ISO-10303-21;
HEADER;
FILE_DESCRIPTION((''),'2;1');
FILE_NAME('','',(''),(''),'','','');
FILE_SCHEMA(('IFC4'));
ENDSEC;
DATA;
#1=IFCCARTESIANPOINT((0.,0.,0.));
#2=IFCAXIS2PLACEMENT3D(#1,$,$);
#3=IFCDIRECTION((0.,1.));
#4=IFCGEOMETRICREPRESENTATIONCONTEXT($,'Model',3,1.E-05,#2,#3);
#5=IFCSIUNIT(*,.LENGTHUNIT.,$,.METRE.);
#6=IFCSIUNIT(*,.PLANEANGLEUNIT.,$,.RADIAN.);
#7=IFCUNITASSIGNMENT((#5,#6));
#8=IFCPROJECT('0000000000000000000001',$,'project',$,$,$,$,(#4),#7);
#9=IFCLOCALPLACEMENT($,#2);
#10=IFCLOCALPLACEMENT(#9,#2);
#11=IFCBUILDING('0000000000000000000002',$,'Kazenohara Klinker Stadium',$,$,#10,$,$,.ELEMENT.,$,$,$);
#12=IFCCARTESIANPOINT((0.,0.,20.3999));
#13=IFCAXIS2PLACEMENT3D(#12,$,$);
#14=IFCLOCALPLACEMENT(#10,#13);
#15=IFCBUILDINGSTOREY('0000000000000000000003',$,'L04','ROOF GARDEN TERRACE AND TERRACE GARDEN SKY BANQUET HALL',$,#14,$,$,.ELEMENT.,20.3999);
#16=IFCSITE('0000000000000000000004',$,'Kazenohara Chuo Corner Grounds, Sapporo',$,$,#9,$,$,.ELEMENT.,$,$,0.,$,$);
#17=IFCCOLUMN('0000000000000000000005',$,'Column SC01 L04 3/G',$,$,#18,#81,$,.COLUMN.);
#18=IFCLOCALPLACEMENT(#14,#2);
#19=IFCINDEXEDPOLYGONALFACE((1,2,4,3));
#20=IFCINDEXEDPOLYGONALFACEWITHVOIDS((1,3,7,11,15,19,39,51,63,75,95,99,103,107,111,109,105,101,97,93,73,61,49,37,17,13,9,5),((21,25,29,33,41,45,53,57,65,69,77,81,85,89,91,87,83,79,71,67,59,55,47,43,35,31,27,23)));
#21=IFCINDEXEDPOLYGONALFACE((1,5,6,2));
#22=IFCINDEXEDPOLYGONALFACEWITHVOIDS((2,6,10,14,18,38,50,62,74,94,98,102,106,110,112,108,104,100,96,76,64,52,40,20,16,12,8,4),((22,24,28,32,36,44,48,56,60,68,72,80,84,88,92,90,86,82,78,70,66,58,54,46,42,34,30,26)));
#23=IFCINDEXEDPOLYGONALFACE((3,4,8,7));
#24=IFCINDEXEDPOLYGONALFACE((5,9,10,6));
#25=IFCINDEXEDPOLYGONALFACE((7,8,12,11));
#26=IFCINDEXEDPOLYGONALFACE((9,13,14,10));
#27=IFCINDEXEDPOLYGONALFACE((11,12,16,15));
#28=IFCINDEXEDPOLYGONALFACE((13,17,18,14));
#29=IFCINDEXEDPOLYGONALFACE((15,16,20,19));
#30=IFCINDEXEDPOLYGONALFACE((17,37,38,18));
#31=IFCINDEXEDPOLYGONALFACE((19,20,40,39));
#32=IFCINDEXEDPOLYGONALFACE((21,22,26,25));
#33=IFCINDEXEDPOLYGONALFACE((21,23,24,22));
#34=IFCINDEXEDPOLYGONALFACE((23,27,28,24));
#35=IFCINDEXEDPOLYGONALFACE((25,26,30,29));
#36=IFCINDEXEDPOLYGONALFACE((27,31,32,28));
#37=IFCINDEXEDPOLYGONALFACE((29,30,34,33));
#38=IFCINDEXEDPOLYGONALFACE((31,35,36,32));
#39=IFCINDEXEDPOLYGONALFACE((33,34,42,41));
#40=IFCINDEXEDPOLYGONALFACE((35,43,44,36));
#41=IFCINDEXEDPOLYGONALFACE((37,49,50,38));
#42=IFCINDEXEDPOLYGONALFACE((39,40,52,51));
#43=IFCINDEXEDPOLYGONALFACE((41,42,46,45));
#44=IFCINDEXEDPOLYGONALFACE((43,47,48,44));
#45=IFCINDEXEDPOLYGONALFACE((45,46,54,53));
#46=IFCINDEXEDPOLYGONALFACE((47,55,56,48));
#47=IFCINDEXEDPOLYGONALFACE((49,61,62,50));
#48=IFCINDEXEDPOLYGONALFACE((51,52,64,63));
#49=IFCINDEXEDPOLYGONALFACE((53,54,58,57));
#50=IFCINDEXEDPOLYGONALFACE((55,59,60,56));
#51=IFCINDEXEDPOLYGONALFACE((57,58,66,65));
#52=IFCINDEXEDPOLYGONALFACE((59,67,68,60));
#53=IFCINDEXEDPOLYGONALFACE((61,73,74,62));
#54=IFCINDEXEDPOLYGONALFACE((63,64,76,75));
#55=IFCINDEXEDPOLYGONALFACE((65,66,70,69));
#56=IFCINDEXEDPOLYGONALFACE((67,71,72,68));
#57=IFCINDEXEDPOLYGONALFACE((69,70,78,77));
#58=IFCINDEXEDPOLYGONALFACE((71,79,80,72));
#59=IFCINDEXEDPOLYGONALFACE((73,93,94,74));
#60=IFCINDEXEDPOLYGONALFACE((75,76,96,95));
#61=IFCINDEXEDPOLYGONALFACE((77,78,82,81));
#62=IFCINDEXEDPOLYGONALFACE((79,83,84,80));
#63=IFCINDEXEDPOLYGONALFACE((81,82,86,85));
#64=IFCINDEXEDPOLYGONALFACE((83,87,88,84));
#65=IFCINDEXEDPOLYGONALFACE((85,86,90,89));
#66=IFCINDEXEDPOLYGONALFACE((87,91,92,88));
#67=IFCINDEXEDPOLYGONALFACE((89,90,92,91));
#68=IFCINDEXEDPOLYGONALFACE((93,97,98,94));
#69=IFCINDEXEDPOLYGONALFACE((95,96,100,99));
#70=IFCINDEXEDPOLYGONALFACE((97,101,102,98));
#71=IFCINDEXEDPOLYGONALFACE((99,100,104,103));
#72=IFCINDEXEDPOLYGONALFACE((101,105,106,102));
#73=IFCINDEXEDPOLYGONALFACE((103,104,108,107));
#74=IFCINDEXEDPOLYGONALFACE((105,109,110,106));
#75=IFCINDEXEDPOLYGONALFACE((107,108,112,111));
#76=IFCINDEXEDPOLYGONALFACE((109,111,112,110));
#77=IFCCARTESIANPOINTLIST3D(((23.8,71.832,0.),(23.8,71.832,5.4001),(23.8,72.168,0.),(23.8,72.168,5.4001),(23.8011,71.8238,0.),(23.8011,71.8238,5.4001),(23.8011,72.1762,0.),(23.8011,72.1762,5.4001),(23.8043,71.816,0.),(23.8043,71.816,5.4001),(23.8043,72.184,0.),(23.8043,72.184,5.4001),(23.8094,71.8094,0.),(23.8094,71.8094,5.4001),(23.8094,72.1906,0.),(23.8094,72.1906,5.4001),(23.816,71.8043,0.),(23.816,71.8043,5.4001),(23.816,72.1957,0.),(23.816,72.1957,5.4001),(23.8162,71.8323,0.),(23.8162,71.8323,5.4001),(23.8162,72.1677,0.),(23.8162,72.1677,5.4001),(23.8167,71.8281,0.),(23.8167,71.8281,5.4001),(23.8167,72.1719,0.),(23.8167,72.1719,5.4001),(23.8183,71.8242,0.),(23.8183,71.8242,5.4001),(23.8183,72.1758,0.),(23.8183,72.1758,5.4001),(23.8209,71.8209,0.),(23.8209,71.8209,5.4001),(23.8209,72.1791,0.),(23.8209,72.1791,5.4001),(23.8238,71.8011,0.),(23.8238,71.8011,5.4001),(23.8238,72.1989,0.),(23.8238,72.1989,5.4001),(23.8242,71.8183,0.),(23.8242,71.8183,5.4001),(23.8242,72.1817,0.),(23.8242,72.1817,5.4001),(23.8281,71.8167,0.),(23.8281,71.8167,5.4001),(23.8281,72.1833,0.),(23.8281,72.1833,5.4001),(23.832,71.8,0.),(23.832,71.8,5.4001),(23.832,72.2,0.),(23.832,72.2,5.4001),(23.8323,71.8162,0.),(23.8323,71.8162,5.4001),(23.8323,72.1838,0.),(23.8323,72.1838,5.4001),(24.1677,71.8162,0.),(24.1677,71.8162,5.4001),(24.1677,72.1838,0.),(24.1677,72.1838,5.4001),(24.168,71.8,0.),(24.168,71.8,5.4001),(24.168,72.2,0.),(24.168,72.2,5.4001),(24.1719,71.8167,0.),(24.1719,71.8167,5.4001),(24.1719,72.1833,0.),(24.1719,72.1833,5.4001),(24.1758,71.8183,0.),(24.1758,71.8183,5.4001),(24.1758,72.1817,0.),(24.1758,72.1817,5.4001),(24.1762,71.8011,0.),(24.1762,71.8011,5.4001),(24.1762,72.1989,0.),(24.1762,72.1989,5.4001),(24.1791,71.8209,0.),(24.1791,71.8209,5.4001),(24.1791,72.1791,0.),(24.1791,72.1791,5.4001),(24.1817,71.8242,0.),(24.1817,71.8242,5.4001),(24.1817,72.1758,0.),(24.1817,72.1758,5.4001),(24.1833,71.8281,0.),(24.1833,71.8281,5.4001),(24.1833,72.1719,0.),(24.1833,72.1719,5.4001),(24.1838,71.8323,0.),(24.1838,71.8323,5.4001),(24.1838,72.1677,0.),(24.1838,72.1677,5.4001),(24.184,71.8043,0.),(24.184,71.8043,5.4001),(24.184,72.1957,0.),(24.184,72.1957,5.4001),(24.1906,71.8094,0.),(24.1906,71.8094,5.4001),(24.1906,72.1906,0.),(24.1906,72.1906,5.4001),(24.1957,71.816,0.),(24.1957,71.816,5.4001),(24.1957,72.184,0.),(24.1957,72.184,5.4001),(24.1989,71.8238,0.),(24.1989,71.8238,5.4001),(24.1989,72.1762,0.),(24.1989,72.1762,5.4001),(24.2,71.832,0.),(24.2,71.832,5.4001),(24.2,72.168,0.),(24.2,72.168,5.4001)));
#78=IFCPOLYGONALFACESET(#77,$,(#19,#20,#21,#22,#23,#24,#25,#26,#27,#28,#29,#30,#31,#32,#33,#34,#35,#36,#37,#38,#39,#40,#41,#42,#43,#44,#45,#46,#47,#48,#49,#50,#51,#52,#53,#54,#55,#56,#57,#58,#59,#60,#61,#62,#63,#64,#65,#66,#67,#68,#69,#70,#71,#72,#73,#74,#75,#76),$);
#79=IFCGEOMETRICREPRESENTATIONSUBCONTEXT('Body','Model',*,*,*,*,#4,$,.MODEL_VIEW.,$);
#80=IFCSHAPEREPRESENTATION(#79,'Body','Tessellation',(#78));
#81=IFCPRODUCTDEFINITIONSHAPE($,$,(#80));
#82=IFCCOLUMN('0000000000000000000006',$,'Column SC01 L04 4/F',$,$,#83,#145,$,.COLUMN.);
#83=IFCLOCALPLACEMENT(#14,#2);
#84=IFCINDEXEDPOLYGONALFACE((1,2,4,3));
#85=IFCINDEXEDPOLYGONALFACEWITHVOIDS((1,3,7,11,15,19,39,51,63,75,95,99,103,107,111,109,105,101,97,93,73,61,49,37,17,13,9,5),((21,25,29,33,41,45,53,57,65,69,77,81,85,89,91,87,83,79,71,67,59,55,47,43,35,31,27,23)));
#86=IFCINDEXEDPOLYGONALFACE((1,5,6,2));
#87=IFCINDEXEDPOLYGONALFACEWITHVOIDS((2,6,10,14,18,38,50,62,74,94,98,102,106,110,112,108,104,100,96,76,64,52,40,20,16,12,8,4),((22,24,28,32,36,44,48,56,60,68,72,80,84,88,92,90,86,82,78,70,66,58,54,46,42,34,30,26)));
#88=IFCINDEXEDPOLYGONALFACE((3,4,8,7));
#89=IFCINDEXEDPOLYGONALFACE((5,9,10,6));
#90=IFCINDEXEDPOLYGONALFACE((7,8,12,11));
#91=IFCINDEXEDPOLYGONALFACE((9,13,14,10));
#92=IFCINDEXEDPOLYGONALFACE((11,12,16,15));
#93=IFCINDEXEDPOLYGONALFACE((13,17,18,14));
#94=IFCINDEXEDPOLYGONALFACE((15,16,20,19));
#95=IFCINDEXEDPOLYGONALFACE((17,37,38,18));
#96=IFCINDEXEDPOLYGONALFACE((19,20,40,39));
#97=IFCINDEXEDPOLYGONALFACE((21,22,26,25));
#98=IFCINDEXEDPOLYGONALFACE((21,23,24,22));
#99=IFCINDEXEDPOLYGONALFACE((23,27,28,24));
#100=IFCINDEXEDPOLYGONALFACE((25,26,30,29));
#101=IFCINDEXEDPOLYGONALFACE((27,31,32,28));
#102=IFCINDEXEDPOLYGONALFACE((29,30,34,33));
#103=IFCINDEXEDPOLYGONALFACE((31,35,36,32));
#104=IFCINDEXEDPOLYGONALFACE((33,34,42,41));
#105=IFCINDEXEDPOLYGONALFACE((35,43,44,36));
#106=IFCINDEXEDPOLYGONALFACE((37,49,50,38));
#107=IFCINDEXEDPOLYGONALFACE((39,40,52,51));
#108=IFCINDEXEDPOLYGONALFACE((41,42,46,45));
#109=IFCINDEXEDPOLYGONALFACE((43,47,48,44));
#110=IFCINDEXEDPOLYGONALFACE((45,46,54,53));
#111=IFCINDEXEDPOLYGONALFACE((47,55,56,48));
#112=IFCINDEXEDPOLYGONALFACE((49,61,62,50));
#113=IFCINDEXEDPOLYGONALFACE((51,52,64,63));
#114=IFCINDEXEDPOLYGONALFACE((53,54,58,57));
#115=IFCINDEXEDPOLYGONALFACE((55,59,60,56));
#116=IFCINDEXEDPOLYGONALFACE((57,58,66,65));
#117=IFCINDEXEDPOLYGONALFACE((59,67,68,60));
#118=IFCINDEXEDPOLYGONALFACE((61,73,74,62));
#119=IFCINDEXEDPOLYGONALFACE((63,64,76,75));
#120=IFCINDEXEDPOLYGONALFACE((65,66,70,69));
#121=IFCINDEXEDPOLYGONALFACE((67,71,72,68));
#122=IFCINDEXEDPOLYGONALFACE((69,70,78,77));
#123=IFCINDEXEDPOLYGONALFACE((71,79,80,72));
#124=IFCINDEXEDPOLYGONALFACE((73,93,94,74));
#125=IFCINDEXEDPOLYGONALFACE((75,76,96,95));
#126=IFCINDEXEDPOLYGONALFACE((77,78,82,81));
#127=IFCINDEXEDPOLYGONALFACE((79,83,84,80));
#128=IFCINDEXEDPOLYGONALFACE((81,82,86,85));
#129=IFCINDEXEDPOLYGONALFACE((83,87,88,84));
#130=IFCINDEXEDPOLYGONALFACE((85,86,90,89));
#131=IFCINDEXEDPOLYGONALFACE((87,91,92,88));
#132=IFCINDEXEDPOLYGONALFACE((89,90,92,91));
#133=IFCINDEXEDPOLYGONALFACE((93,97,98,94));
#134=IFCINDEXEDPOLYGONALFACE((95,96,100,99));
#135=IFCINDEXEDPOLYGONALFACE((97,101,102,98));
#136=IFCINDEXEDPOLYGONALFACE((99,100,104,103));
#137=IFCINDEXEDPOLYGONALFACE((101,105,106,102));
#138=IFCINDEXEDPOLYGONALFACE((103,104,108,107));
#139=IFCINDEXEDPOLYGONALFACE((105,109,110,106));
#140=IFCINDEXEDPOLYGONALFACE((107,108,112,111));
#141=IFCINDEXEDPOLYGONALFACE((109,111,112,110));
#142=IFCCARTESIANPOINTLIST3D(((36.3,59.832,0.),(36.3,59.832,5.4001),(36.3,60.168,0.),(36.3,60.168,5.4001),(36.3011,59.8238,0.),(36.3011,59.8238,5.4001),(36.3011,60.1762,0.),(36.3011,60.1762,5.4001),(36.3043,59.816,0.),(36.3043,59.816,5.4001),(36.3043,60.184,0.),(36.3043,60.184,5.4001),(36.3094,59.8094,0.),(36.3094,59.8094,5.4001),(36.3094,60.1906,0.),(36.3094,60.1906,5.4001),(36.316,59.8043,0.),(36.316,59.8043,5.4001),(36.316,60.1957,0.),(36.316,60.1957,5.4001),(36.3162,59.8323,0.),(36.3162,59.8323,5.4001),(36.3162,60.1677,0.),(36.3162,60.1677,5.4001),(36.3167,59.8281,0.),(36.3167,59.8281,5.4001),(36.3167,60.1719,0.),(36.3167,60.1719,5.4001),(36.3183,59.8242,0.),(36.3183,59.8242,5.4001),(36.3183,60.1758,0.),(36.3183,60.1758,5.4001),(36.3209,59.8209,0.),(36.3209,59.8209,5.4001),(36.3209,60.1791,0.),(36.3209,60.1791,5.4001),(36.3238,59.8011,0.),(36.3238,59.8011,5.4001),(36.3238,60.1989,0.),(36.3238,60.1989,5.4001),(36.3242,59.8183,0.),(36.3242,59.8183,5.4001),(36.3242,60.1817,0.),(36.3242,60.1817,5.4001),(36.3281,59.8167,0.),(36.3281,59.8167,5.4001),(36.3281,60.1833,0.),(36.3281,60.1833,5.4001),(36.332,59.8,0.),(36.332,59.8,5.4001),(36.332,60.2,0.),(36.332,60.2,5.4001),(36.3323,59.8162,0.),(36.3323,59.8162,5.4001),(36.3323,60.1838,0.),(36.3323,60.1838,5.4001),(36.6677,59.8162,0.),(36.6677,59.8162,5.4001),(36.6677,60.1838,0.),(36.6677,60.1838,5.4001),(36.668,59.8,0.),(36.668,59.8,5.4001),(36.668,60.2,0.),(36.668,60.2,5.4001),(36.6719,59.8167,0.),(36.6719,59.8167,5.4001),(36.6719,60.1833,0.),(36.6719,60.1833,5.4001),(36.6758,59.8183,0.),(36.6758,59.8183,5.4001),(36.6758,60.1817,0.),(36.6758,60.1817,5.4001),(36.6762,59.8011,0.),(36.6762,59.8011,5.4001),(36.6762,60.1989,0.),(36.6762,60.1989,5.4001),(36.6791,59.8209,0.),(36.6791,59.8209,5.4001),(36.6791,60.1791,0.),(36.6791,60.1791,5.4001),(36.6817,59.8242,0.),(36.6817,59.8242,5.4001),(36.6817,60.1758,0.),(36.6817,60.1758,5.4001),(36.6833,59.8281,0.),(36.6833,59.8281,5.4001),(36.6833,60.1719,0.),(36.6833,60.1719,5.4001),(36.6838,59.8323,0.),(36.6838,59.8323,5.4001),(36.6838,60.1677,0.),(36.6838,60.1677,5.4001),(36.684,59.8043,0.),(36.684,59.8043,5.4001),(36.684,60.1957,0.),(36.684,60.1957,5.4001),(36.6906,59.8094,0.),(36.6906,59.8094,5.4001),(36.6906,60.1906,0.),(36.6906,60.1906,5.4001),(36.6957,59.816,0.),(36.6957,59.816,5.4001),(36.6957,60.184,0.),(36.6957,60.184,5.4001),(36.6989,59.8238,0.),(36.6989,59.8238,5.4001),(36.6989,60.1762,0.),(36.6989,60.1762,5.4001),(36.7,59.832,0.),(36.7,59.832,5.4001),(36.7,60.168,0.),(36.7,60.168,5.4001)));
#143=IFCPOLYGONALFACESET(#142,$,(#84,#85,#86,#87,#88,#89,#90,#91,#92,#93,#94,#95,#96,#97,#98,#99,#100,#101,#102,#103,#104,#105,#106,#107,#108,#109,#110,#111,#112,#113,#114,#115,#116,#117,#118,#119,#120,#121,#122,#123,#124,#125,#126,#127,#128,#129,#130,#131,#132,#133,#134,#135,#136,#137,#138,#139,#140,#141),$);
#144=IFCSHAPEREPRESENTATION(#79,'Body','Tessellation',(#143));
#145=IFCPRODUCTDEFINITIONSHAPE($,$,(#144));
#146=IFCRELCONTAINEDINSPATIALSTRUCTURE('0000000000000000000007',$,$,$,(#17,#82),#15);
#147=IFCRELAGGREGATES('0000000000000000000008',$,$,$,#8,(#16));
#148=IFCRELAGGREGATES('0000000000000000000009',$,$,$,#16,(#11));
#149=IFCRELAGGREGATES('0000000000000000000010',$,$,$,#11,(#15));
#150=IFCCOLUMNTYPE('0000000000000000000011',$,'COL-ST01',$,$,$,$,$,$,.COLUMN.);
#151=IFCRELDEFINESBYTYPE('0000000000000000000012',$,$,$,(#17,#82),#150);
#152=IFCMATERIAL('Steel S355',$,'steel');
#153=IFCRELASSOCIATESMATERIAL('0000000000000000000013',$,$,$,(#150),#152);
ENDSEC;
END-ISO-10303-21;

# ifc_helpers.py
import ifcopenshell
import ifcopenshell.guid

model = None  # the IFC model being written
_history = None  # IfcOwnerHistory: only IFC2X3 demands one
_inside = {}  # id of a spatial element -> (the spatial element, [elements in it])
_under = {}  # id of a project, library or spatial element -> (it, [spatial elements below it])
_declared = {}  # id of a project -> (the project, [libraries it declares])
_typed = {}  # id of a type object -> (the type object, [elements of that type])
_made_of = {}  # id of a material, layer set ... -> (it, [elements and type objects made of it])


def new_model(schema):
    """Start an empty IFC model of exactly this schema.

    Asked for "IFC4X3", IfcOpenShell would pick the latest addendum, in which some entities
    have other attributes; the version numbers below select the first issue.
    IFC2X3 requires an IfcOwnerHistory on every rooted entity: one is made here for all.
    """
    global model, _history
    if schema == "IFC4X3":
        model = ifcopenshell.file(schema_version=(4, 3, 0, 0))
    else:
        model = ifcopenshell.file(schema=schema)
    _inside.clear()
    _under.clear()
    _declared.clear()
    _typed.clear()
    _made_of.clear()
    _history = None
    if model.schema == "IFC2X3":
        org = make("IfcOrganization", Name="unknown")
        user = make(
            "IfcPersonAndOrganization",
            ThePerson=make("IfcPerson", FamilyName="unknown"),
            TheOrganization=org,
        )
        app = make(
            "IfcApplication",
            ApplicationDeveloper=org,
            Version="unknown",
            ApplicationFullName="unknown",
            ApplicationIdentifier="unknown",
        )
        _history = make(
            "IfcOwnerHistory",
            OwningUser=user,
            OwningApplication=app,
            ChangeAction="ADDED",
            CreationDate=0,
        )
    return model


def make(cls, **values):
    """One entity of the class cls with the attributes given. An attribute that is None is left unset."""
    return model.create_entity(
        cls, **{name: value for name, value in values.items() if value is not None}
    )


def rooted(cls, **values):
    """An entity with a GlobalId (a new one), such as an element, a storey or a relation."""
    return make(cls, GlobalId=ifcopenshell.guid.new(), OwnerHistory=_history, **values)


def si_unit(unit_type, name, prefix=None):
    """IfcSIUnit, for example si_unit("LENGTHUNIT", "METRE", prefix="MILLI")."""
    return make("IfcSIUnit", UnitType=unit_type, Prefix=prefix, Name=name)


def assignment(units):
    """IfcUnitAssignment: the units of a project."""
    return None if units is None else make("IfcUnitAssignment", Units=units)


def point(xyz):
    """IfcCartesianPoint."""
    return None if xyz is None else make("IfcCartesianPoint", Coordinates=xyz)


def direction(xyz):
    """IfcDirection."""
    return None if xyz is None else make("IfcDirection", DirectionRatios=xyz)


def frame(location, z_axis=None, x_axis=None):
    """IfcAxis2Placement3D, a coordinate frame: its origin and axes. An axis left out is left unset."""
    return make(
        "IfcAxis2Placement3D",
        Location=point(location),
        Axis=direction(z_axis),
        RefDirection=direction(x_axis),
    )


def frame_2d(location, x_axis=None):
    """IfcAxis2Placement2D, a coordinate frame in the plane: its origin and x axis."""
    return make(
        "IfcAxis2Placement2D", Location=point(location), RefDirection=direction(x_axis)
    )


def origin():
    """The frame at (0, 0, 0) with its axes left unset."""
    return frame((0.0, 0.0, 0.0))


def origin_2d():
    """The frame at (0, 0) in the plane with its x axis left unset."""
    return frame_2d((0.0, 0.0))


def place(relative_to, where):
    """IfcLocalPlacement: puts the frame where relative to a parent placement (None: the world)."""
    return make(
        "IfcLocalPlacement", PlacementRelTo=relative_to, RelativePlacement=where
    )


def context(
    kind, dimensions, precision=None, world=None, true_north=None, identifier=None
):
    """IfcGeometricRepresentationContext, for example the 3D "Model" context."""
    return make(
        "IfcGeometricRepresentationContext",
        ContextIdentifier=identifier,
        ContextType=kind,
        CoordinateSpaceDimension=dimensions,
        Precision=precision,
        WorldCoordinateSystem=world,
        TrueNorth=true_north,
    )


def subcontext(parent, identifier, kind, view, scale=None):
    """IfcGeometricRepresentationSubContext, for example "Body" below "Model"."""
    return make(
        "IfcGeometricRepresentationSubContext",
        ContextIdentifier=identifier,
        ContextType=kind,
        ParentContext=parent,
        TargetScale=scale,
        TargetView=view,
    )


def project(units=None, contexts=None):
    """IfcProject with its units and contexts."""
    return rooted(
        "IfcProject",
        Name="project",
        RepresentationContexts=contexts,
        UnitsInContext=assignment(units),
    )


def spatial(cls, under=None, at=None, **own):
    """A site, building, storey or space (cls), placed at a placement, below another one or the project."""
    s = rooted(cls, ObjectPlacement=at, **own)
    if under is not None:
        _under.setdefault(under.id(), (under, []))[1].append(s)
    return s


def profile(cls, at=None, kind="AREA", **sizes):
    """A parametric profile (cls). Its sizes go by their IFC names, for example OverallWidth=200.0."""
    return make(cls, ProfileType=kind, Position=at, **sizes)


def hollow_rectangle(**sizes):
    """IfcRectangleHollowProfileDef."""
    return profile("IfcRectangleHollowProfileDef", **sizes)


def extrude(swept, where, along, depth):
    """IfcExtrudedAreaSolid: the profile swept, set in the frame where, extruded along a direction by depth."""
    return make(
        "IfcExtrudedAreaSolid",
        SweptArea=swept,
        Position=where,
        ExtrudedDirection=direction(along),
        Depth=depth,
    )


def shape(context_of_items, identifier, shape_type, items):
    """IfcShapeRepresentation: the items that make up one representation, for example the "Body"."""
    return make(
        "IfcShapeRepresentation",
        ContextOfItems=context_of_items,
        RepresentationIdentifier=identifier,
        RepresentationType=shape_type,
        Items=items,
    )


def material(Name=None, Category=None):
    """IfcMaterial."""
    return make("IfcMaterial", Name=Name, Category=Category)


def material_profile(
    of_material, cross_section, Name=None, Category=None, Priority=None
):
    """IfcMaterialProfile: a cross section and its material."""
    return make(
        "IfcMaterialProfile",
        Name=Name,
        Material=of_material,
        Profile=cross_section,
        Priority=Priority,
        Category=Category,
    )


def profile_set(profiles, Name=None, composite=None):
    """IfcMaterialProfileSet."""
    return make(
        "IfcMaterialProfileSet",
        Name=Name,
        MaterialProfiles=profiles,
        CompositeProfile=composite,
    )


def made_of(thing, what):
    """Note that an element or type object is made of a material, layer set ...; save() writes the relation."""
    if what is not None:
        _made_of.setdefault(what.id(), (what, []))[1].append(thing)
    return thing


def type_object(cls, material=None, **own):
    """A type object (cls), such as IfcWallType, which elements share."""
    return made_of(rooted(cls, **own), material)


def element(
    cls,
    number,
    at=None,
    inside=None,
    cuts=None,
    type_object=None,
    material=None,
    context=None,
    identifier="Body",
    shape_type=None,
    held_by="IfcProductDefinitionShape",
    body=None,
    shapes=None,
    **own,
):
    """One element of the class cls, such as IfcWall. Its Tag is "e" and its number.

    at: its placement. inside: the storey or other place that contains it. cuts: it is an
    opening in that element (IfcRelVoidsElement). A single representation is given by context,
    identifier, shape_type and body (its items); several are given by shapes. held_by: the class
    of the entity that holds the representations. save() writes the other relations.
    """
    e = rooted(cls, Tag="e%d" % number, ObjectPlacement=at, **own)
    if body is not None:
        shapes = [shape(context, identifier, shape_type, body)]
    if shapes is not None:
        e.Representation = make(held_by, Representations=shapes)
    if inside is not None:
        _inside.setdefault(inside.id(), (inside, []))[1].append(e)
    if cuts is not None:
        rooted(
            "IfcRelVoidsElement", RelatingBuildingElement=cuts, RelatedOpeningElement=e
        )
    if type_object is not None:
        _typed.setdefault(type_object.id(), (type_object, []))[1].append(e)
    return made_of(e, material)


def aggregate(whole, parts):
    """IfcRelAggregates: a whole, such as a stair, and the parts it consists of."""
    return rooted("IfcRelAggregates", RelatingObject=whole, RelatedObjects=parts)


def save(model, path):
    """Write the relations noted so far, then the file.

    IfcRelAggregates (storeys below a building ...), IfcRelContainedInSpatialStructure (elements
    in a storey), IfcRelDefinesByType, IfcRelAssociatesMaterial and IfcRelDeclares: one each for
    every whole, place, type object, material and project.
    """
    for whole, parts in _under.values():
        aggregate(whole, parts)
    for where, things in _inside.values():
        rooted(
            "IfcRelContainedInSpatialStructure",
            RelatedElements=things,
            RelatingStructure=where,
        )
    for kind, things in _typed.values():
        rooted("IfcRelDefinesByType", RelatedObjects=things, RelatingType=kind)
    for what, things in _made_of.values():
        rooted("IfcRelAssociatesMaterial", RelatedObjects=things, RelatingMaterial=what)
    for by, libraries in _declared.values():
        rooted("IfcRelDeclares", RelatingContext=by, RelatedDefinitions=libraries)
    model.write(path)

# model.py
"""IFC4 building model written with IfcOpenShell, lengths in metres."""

from ifc_helpers import new_model, si_unit, direction, frame, origin, origin_2d, place, context, subcontext, project, spatial, hollow_rectangle, extrude, material, material_profile, profile_set, type_object, element, save


model = new_model("IFC4")

# Units and contexts
model_context = context("Model", 3, precision=1e-05, world=origin(), true_north=direction((0.0, 1.0)))
body_context = subcontext(model_context, "Body", "Model", "MODEL_VIEW")
ifc_project = project(units=[si_unit("LENGTHUNIT", "METRE"), si_unit("PLANEANGLEUNIT", "RADIAN")], contexts=[model_context])

# Site, building, storey
site_placement = place(None, origin())
site = spatial("IfcSite", under=ifc_project, at=site_placement, Name="Kazenohara Chuo Corner Grounds, Sapporo", CompositionType="ELEMENT", RefElevation=0.0)
building_placement = place(site_placement, origin())
building = spatial("IfcBuilding", under=site, at=building_placement, Name="Kazenohara Klinker Stadium", CompositionType="ELEMENT")
storey_placement = place(building_placement, frame((0.0, 0.0, 20.3999)))
storey = spatial("IfcBuildingStorey", under=building, at=storey_placement, Name="L04", Description="ROOF GARDEN TERRACE AND TERRACE GARDEN SKY BANQUET HALL", CompositionType="ELEMENT", Elevation=20.3999)

# Columns
ifc_material_1 = material(Name="Steel S355", Category="steel")
ifc_material_profile_1 = material_profile(ifc_material_1, hollow_rectangle(XDim=0.3999, YDim=0.3999, WallThickness=0.0161, InnerFilletRadius=0.0161, OuterFilletRadius=0.032, at=origin_2d()), Name="SHS-400x400x16")
ifc_profile_set_1 = profile_set([ifc_material_profile_1], Name="Steel S355")
column_type_1 = type_object("IfcColumnType", Name="COL-ST01", PredefinedType="COLUMN", material=ifc_profile_set_1)
for number, where, z_axis, x_axis, name in (
    (1, (24.0, 72.0, 0.0), (0.0, 0.0, 1.0), (1.0, 0.0, 0.0), "Column SC01 L04 3/G"),
    (2, (36.5, 60.0, 0.0), (0.0, 0.0, 1.0), (1.0, 0.0, 0.0), "Column SC01 L04 4/F"),
):
    element("IfcColumn", number, at=place(storey_placement, frame(where, z_axis=z_axis, x_axis=x_axis)), inside=storey, type_object=column_type_1, Name=name, PredefinedType="COLUMN", context=body_context, shape_type="SweptSolid", body=[
        extrude(hollow_rectangle(XDim=0.3999, YDim=0.3999, WallThickness=0.0161, InnerFilletRadius=0.0161, OuterFilletRadius=0.032, at=origin_2d()), origin(), (0.0, 0.0, 1.0), 5.4001),
    ])

save(model, "model.ifc")
